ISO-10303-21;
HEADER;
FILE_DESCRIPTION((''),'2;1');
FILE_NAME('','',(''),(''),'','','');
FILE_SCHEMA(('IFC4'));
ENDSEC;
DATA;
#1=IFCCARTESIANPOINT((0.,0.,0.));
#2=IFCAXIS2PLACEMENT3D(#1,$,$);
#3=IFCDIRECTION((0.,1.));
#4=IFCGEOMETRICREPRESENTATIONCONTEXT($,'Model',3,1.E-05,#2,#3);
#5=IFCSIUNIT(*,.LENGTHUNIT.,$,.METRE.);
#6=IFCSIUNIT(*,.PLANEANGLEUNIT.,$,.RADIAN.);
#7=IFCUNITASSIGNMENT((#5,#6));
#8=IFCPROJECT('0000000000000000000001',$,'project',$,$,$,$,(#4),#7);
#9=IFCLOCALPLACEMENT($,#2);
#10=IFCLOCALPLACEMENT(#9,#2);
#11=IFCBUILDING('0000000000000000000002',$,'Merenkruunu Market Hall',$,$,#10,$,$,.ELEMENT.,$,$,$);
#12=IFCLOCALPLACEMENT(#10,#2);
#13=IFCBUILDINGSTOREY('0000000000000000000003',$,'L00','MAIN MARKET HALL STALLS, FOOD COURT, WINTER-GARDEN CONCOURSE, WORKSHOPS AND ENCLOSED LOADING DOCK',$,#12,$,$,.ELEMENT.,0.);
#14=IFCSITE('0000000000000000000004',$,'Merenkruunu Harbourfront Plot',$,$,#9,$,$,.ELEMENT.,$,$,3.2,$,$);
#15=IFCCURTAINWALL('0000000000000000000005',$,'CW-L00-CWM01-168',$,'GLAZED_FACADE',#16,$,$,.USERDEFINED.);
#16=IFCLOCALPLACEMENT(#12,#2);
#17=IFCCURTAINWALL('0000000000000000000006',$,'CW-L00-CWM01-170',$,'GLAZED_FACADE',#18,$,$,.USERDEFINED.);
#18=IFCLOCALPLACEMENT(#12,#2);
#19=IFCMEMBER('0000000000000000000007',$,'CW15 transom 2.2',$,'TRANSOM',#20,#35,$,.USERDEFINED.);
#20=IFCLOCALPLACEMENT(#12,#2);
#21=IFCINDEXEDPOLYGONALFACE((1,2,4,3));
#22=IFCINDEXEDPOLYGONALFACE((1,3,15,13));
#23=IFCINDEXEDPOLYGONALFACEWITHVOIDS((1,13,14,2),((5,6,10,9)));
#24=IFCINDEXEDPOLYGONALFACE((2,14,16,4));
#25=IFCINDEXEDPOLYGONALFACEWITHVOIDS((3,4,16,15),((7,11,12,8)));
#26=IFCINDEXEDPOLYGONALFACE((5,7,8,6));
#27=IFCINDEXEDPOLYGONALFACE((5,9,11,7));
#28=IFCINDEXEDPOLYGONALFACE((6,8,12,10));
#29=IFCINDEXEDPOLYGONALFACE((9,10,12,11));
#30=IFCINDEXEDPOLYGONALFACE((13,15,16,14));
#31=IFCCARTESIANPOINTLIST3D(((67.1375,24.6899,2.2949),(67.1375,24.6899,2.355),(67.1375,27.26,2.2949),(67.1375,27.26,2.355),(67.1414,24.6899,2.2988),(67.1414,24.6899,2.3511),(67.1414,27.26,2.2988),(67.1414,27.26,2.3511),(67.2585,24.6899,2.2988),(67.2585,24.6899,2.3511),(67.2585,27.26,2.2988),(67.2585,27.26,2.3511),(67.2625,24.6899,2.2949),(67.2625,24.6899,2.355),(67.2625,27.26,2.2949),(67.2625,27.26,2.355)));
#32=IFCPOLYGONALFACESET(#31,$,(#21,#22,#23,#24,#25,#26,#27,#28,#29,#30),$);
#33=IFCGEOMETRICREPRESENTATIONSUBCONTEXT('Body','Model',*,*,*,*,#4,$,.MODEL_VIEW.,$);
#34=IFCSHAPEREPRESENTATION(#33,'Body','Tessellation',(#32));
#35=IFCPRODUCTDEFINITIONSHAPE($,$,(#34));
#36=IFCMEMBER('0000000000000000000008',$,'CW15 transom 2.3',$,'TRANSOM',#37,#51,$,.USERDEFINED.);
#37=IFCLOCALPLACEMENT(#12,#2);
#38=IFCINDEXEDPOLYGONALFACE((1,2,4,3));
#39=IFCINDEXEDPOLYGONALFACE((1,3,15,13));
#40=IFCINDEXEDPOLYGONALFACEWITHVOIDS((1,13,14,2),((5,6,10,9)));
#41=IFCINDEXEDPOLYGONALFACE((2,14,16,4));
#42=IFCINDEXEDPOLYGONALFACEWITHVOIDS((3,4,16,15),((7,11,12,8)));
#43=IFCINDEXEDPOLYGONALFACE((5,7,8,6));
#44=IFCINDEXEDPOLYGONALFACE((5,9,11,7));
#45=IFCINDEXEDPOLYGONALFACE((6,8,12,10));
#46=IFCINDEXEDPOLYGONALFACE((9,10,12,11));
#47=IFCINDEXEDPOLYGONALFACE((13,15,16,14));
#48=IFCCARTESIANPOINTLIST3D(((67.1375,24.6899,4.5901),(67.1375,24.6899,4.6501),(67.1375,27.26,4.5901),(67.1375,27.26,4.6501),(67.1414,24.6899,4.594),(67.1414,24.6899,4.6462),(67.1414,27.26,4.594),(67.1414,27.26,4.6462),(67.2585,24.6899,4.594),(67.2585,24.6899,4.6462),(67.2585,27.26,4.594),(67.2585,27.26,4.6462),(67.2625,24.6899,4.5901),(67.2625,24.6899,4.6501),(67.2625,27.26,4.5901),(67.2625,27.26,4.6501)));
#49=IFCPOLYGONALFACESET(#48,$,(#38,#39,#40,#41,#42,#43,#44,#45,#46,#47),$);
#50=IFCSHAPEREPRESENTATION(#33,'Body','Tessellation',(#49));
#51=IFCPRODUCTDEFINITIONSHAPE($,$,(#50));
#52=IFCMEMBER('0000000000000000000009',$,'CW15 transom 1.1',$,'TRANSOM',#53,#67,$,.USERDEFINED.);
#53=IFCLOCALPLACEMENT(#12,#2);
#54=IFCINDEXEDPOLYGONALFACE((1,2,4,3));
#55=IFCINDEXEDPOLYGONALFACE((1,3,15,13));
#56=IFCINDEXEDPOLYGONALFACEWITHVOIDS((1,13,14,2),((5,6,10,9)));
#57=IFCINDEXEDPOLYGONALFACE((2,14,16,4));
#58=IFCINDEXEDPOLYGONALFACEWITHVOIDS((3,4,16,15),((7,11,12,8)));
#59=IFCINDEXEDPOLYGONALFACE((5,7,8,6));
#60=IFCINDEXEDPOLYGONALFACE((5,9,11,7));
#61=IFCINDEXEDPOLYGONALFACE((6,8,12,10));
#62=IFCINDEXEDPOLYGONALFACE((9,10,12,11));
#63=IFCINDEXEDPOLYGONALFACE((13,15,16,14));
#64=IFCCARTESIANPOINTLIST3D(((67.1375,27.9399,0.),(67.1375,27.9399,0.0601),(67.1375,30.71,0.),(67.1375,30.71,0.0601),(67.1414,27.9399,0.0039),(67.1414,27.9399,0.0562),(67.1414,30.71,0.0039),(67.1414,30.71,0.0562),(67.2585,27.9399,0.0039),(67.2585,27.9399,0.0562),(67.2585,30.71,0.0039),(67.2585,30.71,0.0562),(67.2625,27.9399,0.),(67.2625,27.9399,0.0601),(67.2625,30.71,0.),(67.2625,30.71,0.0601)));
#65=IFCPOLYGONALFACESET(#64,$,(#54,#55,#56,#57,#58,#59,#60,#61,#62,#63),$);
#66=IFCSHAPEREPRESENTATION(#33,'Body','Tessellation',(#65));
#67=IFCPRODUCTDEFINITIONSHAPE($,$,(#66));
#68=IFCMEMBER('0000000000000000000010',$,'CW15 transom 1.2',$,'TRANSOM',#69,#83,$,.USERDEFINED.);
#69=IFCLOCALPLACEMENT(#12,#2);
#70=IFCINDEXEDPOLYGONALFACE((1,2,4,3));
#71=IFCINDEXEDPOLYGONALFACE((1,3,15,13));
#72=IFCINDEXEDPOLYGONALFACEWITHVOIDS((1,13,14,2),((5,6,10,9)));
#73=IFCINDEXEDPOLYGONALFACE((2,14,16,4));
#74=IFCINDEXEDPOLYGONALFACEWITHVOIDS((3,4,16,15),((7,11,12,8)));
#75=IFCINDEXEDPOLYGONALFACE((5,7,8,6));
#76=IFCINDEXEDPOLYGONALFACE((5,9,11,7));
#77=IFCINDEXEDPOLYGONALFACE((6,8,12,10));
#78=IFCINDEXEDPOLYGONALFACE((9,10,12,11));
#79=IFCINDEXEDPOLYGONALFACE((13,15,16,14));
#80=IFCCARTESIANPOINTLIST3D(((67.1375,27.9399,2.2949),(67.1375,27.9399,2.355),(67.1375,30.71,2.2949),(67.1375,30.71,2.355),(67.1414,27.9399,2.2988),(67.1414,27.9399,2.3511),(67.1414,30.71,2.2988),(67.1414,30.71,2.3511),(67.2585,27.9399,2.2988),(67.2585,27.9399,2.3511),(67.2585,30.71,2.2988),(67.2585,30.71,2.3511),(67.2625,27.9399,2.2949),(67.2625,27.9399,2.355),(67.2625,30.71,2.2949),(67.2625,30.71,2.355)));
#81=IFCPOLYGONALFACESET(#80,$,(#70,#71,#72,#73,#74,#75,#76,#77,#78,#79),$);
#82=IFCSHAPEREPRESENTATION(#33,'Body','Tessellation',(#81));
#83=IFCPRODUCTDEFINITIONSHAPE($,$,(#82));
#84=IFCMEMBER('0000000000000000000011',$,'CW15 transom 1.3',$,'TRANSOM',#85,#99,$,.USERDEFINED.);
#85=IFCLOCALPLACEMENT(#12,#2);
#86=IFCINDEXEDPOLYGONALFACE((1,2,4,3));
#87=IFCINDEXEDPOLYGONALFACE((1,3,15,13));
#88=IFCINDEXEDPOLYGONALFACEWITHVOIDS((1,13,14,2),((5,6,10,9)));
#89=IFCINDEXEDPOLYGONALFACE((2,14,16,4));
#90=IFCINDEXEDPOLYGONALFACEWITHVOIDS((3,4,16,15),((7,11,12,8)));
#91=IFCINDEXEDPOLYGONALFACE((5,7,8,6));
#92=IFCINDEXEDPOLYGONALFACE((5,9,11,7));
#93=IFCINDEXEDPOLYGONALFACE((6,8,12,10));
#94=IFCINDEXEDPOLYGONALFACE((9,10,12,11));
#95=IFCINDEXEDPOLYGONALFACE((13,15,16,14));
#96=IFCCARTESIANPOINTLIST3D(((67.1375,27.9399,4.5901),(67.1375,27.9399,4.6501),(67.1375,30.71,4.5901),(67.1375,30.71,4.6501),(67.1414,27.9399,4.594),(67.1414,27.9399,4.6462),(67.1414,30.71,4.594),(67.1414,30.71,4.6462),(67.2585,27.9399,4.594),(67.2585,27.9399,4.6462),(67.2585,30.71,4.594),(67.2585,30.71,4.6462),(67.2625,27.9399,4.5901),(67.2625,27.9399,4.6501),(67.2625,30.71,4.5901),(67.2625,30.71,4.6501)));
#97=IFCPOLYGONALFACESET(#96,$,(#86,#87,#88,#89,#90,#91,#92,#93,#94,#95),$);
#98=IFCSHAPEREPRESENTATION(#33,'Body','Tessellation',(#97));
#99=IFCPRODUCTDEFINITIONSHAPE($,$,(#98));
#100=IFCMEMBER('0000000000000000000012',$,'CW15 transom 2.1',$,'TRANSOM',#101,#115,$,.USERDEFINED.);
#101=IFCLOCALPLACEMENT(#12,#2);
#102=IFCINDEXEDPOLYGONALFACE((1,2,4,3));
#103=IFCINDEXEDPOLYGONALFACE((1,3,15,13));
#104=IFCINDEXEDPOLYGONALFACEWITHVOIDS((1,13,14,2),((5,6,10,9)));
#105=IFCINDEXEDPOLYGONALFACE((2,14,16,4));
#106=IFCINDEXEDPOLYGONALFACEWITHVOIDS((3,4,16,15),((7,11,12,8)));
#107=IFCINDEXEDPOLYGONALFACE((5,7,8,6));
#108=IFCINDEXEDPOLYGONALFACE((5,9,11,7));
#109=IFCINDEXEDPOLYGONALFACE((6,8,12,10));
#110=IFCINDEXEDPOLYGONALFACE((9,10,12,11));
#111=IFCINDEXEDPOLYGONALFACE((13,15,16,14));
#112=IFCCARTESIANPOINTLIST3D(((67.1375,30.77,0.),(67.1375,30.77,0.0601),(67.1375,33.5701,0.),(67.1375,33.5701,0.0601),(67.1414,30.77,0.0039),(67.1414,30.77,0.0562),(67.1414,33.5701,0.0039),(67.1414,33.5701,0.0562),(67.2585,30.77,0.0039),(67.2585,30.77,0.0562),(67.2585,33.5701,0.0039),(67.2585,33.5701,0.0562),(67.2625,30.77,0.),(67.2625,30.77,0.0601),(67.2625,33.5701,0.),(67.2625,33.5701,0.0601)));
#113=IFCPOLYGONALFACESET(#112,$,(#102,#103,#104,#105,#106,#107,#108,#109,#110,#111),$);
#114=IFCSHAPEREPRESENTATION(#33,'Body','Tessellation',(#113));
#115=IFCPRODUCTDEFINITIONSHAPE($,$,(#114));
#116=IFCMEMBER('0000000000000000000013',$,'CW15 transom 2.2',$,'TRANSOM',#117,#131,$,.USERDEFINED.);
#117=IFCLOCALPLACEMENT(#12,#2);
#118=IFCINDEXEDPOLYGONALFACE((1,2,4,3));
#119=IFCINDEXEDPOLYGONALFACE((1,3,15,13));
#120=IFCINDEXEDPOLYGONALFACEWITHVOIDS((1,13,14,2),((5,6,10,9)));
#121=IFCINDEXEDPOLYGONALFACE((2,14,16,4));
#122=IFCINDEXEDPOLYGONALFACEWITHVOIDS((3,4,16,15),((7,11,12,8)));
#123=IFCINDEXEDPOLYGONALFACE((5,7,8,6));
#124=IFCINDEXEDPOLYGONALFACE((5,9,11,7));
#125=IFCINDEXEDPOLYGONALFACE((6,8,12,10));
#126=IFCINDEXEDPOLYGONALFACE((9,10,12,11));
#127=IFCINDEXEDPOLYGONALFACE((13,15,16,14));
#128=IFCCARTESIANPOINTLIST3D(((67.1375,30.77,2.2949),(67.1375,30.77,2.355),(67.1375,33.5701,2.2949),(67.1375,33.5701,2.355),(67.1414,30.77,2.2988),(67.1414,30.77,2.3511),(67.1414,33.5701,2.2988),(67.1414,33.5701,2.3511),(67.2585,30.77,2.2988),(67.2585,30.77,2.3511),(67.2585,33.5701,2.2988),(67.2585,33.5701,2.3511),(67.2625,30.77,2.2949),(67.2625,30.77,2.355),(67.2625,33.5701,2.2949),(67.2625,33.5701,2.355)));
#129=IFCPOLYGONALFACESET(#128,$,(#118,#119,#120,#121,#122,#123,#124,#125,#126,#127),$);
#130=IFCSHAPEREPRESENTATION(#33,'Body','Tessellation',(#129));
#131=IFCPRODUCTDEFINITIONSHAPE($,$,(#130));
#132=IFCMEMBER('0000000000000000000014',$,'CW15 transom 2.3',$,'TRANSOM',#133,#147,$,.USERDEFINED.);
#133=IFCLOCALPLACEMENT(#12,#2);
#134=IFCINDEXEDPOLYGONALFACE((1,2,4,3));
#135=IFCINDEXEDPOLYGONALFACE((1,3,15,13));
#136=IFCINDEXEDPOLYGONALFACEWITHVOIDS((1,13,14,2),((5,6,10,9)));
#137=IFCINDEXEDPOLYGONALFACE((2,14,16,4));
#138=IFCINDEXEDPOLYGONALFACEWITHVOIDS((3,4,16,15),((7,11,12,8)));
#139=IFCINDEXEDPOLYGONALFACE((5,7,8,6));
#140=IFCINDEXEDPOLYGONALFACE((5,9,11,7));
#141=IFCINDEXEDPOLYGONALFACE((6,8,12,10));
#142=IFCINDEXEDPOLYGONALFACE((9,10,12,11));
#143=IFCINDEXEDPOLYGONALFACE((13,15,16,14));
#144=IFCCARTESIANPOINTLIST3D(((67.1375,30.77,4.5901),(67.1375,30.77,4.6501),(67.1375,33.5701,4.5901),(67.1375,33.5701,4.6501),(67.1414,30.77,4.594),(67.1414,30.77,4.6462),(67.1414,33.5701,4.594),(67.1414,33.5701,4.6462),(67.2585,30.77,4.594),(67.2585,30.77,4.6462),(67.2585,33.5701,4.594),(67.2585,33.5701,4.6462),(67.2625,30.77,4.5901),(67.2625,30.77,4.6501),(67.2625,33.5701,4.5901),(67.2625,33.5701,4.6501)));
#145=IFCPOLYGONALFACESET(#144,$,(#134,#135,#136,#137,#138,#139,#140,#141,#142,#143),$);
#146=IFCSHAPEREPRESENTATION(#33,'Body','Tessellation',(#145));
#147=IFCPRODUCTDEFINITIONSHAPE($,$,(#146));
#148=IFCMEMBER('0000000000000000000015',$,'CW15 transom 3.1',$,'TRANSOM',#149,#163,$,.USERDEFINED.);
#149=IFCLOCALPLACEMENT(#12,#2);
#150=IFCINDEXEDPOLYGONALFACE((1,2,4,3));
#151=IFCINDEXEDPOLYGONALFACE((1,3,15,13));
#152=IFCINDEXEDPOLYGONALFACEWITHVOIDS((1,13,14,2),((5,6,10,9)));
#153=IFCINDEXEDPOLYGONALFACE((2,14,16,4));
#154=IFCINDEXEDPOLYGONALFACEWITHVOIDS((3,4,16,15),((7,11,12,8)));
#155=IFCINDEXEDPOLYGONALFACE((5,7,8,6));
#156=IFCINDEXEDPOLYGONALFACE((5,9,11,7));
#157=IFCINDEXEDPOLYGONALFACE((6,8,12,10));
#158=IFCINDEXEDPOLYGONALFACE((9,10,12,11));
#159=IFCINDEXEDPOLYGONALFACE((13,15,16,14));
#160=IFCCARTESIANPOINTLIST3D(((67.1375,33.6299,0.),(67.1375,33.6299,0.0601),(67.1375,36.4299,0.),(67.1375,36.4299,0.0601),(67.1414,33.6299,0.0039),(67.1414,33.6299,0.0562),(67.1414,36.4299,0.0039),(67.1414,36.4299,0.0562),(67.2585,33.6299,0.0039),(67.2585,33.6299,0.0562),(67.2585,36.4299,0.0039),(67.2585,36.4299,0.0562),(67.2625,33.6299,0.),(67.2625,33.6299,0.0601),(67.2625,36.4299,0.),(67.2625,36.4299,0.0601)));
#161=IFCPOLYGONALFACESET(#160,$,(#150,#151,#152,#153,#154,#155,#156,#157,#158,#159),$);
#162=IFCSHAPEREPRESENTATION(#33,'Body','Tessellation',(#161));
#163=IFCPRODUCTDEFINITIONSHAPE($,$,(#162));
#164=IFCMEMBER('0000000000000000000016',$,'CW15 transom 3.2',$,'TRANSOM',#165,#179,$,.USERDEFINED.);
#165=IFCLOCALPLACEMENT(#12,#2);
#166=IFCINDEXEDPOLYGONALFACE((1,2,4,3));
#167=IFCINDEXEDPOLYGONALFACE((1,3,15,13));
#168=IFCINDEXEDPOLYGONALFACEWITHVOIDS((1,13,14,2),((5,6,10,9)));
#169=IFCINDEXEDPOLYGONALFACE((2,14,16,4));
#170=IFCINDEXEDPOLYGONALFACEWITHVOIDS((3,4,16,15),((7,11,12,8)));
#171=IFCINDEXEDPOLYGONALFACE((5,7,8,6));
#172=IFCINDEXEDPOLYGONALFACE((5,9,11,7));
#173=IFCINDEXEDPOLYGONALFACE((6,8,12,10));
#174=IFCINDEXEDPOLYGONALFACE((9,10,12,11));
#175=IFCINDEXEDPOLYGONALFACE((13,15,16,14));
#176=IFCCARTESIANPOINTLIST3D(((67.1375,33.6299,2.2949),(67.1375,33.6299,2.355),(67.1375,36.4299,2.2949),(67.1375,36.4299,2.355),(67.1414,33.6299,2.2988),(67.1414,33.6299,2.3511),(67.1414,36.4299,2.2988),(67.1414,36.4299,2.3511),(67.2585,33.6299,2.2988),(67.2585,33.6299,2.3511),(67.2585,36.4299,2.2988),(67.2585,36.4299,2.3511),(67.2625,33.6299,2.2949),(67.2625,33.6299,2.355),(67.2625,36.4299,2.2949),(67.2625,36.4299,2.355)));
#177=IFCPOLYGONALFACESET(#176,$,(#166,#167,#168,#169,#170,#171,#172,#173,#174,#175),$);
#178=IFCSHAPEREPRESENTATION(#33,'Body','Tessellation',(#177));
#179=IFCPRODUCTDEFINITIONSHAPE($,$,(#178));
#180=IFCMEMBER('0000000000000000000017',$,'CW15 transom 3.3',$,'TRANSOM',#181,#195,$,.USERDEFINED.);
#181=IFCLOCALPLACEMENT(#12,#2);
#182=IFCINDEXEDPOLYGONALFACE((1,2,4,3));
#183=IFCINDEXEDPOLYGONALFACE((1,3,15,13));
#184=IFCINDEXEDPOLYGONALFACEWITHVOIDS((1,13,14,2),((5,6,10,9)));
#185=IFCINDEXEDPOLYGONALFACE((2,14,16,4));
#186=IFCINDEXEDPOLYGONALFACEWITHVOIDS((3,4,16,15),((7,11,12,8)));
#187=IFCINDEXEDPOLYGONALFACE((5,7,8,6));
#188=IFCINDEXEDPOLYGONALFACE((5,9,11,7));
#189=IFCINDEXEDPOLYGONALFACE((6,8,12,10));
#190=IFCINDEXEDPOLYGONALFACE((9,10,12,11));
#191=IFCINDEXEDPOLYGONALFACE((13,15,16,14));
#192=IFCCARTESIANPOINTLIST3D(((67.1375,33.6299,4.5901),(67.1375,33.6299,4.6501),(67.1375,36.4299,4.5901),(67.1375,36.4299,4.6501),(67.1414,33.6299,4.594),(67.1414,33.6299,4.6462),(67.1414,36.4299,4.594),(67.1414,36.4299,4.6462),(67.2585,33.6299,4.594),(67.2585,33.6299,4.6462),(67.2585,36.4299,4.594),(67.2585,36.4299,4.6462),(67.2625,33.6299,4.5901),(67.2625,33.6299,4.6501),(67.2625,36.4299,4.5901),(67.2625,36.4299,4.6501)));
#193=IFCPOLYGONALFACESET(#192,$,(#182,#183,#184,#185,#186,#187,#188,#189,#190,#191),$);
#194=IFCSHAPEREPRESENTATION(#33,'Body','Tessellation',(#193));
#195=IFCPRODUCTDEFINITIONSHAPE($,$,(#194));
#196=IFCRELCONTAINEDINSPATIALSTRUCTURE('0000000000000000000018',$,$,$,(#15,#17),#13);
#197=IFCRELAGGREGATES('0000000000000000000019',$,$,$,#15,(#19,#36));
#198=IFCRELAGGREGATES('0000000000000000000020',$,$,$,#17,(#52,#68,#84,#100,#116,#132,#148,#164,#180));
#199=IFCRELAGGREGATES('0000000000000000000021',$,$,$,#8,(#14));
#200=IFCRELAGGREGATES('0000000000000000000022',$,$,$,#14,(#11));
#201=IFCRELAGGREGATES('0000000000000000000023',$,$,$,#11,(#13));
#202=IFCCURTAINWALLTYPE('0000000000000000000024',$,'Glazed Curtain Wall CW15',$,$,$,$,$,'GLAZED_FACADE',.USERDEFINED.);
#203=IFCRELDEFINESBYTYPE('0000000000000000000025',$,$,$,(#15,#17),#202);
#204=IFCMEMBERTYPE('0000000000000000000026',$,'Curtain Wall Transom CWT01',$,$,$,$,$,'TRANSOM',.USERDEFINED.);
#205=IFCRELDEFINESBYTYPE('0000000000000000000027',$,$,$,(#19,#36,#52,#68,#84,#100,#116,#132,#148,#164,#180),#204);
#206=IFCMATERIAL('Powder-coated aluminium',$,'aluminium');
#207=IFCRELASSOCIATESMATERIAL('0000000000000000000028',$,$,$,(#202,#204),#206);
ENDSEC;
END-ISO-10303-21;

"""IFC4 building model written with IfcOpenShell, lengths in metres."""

from ifc_helpers import new_model, si_unit, direction, frame, origin, origin_2d, place, context, subcontext, project, spatial, hollow_rectangle, extrude, material, material_profile, profile_set, type_object, element, aggregate, save


model = new_model("IFC4")

# Units and contexts
model_context = context("Model", 3, precision=1e-05, world=origin(), true_north=direction((0.0, 1.0)))
body_context = subcontext(model_context, "Body", "Model", "MODEL_VIEW")
ifc_project = project(units=[si_unit("LENGTHUNIT", "METRE"), si_unit("PLANEANGLEUNIT", "RADIAN")], contexts=[model_context])

# Site, building, storey
site_placement = place(None, origin())
site = spatial("IfcSite", under=ifc_project, at=site_placement, Name="Merenkruunu Harbourfront Plot", CompositionType="ELEMENT", RefElevation=3.2)
building_placement = place(site_placement, origin())
building = spatial("IfcBuilding", under=site, at=building_placement, Name="Merenkruunu Market Hall", CompositionType="ELEMENT")
storey_placement = place(building_placement, origin())
storey = spatial("IfcBuildingStorey", under=building, at=storey_placement, Name="L00", Description="MAIN MARKET HALL STALLS, FOOD COURT, WINTER-GARDEN CONCOURSE, WORKSHOPS AND ENCLOSED LOADING DOCK", CompositionType="ELEMENT", Elevation=0.0)

# Curtain walls
ifc_material_1 = material(Name="Powder-coated aluminium", Category="aluminium")
curtain_wall_type = type_object("IfcCurtainWallType", Name="Glazed Curtain Wall CW15", ElementType="GLAZED_FACADE", PredefinedType="USERDEFINED", material=ifc_material_1)
curtain_wall_1_placement = place(storey_placement, origin())
curtain_wall_1 = element("IfcCurtainWall", 1, at=curtain_wall_1_placement, inside=storey, type_object=curtain_wall_type, Name="CW-L00-CWM01-168", ObjectType="GLAZED_FACADE", PredefinedType="USERDEFINED")
curtain_wall_2_placement = place(storey_placement, origin())
curtain_wall_2 = element("IfcCurtainWall", 2, at=curtain_wall_2_placement, inside=storey, type_object=curtain_wall_type, Name="CW-L00-CWM01-170", ObjectType="GLAZED_FACADE", PredefinedType="USERDEFINED")

# Members
ifc_material_profile_1 = material_profile(ifc_material_1, hollow_rectangle(XDim=0.0601, YDim=0.125, WallThickness=0.0039, at=origin_2d()), Name="ALU 60x125x4")
ifc_profile_set_1 = profile_set([ifc_material_profile_1], Name="Powder-coated aluminium")
member_type_1 = type_object("IfcMemberType", Name="Curtain Wall Transom CWT01", ElementType="TRANSOM", PredefinedType="USERDEFINED", material=ifc_profile_set_1)
member_1_placement = place(storey_placement, frame((67.2, 24.6899, 2.325), z_axis=(0.0, 1.0, 0.0), x_axis=(0.0, 0.0, 1.0)))
member_1 = element("IfcMember", 3, at=member_1_placement, type_object=member_type_1, Name="CW15 transom 2.2", ObjectType="TRANSOM", PredefinedType="USERDEFINED", context=body_context, shape_type="SweptSolid", body=[
    extrude(hollow_rectangle(XDim=0.0601, YDim=0.125, WallThickness=0.0039, at=origin_2d()), origin(), (0.0, 0.0, 1.0), 2.5701),
])
member_2_placement = place(storey_placement, frame((67.2, 24.6899, 4.6201), z_axis=(0.0, 1.0, 0.0), x_axis=(0.0, 0.0, 1.0)))
member_2 = element("IfcMember", 4, at=member_2_placement, type_object=member_type_1, Name="CW15 transom 2.3", ObjectType="TRANSOM", PredefinedType="USERDEFINED", context=body_context, shape_type="SweptSolid", body=[
    extrude(hollow_rectangle(XDim=0.0601, YDim=0.125, WallThickness=0.0039, at=origin_2d()), origin(), (0.0, 0.0, 1.0), 2.5701),
])
member_3_placement = place(storey_placement, frame((67.2, 27.9399, 0.03), z_axis=(0.0, 1.0, 0.0), x_axis=(0.0, 0.0, 1.0)))
member_3 = element("IfcMember", 5, at=member_3_placement, type_object=member_type_1, Name="CW15 transom 1.1", ObjectType="TRANSOM", PredefinedType="USERDEFINED", context=body_context, shape_type="SweptSolid", body=[
    extrude(hollow_rectangle(XDim=0.0601, YDim=0.125, WallThickness=0.0039, at=origin_2d()), origin(), (0.0, 0.0, 1.0), 2.77),
])
member_4_placement = place(storey_placement, frame((67.2, 27.9399, 2.325), z_axis=(0.0, 1.0, 0.0), x_axis=(0.0, 0.0, 1.0)))
member_4 = element("IfcMember", 6, at=member_4_placement, type_object=member_type_1, Name="CW15 transom 1.2", ObjectType="TRANSOM", PredefinedType="USERDEFINED", context=body_context, shape_type="SweptSolid", body=[
    extrude(hollow_rectangle(XDim=0.0601, YDim=0.125, WallThickness=0.0039, at=origin_2d()), origin(), (0.0, 0.0, 1.0), 2.77),
])
member_5_placement = place(storey_placement, frame((67.2, 27.9399, 4.6201), z_axis=(0.0, 1.0, 0.0), x_axis=(0.0, 0.0, 1.0)))
member_5 = element("IfcMember", 7, at=member_5_placement, type_object=member_type_1, Name="CW15 transom 1.3", ObjectType="TRANSOM", PredefinedType="USERDEFINED", context=body_context, shape_type="SweptSolid", body=[
    extrude(hollow_rectangle(XDim=0.0601, YDim=0.125, WallThickness=0.0039, at=origin_2d()), origin(), (0.0, 0.0, 1.0), 2.77),
])
member_6_placement = place(storey_placement, frame((67.2, 30.77, 0.03), z_axis=(0.0, 1.0, 0.0), x_axis=(0.0, 0.0, 1.0)))
member_6 = element("IfcMember", 8, at=member_6_placement, type_object=member_type_1, Name="CW15 transom 2.1", ObjectType="TRANSOM", PredefinedType="USERDEFINED", context=body_context, shape_type="SweptSolid", body=[
    extrude(hollow_rectangle(XDim=0.0601, YDim=0.125, WallThickness=0.0039, at=origin_2d()), origin(), (0.0, 0.0, 1.0), 2.8),
])
member_7_placement = place(storey_placement, frame((67.2, 30.77, 2.325), z_axis=(0.0, 1.0, 0.0), x_axis=(0.0, 0.0, 1.0)))
member_7 = element("IfcMember", 9, at=member_7_placement, type_object=member_type_1, Name="CW15 transom 2.2", ObjectType="TRANSOM", PredefinedType="USERDEFINED", context=body_context, shape_type="SweptSolid", body=[
    extrude(hollow_rectangle(XDim=0.0601, YDim=0.125, WallThickness=0.0039, at=origin_2d()), origin(), (0.0, 0.0, 1.0), 2.8),
])
member_8_placement = place(storey_placement, frame((67.2, 30.77, 4.6201), z_axis=(0.0, 1.0, 0.0), x_axis=(0.0, 0.0, 1.0)))
member_8 = element("IfcMember", 10, at=member_8_placement, type_object=member_type_1, Name="CW15 transom 2.3", ObjectType="TRANSOM", PredefinedType="USERDEFINED", context=body_context, shape_type="SweptSolid", body=[
    extrude(hollow_rectangle(XDim=0.0601, YDim=0.125, WallThickness=0.0039, at=origin_2d()), origin(), (0.0, 0.0, 1.0), 2.8),
])
member_9_placement = place(storey_placement, frame((67.2, 33.6299, 0.03), z_axis=(0.0, 1.0, 0.0), x_axis=(0.0, 0.0, 1.0)))
member_9 = element("IfcMember", 11, at=member_9_placement, type_object=member_type_1, Name="CW15 transom 3.1", ObjectType="TRANSOM", PredefinedType="USERDEFINED", context=body_context, shape_type="SweptSolid", body=[
    extrude(hollow_rectangle(XDim=0.0601, YDim=0.125, WallThickness=0.0039, at=origin_2d()), origin(), (0.0, 0.0, 1.0), 2.8),
])
member_10_placement = place(storey_placement, frame((67.2, 33.6299, 2.325), z_axis=(0.0, 1.0, 0.0), x_axis=(0.0, 0.0, 1.0)))
member_10 = element("IfcMember", 12, at=member_10_placement, type_object=member_type_1, Name="CW15 transom 3.2", ObjectType="TRANSOM", PredefinedType="USERDEFINED", context=body_context, shape_type="SweptSolid", body=[
    extrude(hollow_rectangle(XDim=0.0601, YDim=0.125, WallThickness=0.0039, at=origin_2d()), origin(), (0.0, 0.0, 1.0), 2.8),
])
member_11_placement = place(storey_placement, frame((67.2, 33.6299, 4.6201), z_axis=(0.0, 1.0, 0.0), x_axis=(0.0, 0.0, 1.0)))
member_11 = element("IfcMember", 13, at=member_11_placement, type_object=member_type_1, Name="CW15 transom 3.3", ObjectType="TRANSOM", PredefinedType="USERDEFINED", context=body_context, shape_type="SweptSolid", body=[
    extrude(hollow_rectangle(XDim=0.0601, YDim=0.125, WallThickness=0.0039, at=origin_2d()), origin(), (0.0, 0.0, 1.0), 2.8),
])

aggregate(curtain_wall_1, [member_1, member_2])
aggregate(curtain_wall_2, [member_3, member_4, member_5, member_6, member_7, member_8, member_9, member_10, member_11])

save(model, "model.ifc")
